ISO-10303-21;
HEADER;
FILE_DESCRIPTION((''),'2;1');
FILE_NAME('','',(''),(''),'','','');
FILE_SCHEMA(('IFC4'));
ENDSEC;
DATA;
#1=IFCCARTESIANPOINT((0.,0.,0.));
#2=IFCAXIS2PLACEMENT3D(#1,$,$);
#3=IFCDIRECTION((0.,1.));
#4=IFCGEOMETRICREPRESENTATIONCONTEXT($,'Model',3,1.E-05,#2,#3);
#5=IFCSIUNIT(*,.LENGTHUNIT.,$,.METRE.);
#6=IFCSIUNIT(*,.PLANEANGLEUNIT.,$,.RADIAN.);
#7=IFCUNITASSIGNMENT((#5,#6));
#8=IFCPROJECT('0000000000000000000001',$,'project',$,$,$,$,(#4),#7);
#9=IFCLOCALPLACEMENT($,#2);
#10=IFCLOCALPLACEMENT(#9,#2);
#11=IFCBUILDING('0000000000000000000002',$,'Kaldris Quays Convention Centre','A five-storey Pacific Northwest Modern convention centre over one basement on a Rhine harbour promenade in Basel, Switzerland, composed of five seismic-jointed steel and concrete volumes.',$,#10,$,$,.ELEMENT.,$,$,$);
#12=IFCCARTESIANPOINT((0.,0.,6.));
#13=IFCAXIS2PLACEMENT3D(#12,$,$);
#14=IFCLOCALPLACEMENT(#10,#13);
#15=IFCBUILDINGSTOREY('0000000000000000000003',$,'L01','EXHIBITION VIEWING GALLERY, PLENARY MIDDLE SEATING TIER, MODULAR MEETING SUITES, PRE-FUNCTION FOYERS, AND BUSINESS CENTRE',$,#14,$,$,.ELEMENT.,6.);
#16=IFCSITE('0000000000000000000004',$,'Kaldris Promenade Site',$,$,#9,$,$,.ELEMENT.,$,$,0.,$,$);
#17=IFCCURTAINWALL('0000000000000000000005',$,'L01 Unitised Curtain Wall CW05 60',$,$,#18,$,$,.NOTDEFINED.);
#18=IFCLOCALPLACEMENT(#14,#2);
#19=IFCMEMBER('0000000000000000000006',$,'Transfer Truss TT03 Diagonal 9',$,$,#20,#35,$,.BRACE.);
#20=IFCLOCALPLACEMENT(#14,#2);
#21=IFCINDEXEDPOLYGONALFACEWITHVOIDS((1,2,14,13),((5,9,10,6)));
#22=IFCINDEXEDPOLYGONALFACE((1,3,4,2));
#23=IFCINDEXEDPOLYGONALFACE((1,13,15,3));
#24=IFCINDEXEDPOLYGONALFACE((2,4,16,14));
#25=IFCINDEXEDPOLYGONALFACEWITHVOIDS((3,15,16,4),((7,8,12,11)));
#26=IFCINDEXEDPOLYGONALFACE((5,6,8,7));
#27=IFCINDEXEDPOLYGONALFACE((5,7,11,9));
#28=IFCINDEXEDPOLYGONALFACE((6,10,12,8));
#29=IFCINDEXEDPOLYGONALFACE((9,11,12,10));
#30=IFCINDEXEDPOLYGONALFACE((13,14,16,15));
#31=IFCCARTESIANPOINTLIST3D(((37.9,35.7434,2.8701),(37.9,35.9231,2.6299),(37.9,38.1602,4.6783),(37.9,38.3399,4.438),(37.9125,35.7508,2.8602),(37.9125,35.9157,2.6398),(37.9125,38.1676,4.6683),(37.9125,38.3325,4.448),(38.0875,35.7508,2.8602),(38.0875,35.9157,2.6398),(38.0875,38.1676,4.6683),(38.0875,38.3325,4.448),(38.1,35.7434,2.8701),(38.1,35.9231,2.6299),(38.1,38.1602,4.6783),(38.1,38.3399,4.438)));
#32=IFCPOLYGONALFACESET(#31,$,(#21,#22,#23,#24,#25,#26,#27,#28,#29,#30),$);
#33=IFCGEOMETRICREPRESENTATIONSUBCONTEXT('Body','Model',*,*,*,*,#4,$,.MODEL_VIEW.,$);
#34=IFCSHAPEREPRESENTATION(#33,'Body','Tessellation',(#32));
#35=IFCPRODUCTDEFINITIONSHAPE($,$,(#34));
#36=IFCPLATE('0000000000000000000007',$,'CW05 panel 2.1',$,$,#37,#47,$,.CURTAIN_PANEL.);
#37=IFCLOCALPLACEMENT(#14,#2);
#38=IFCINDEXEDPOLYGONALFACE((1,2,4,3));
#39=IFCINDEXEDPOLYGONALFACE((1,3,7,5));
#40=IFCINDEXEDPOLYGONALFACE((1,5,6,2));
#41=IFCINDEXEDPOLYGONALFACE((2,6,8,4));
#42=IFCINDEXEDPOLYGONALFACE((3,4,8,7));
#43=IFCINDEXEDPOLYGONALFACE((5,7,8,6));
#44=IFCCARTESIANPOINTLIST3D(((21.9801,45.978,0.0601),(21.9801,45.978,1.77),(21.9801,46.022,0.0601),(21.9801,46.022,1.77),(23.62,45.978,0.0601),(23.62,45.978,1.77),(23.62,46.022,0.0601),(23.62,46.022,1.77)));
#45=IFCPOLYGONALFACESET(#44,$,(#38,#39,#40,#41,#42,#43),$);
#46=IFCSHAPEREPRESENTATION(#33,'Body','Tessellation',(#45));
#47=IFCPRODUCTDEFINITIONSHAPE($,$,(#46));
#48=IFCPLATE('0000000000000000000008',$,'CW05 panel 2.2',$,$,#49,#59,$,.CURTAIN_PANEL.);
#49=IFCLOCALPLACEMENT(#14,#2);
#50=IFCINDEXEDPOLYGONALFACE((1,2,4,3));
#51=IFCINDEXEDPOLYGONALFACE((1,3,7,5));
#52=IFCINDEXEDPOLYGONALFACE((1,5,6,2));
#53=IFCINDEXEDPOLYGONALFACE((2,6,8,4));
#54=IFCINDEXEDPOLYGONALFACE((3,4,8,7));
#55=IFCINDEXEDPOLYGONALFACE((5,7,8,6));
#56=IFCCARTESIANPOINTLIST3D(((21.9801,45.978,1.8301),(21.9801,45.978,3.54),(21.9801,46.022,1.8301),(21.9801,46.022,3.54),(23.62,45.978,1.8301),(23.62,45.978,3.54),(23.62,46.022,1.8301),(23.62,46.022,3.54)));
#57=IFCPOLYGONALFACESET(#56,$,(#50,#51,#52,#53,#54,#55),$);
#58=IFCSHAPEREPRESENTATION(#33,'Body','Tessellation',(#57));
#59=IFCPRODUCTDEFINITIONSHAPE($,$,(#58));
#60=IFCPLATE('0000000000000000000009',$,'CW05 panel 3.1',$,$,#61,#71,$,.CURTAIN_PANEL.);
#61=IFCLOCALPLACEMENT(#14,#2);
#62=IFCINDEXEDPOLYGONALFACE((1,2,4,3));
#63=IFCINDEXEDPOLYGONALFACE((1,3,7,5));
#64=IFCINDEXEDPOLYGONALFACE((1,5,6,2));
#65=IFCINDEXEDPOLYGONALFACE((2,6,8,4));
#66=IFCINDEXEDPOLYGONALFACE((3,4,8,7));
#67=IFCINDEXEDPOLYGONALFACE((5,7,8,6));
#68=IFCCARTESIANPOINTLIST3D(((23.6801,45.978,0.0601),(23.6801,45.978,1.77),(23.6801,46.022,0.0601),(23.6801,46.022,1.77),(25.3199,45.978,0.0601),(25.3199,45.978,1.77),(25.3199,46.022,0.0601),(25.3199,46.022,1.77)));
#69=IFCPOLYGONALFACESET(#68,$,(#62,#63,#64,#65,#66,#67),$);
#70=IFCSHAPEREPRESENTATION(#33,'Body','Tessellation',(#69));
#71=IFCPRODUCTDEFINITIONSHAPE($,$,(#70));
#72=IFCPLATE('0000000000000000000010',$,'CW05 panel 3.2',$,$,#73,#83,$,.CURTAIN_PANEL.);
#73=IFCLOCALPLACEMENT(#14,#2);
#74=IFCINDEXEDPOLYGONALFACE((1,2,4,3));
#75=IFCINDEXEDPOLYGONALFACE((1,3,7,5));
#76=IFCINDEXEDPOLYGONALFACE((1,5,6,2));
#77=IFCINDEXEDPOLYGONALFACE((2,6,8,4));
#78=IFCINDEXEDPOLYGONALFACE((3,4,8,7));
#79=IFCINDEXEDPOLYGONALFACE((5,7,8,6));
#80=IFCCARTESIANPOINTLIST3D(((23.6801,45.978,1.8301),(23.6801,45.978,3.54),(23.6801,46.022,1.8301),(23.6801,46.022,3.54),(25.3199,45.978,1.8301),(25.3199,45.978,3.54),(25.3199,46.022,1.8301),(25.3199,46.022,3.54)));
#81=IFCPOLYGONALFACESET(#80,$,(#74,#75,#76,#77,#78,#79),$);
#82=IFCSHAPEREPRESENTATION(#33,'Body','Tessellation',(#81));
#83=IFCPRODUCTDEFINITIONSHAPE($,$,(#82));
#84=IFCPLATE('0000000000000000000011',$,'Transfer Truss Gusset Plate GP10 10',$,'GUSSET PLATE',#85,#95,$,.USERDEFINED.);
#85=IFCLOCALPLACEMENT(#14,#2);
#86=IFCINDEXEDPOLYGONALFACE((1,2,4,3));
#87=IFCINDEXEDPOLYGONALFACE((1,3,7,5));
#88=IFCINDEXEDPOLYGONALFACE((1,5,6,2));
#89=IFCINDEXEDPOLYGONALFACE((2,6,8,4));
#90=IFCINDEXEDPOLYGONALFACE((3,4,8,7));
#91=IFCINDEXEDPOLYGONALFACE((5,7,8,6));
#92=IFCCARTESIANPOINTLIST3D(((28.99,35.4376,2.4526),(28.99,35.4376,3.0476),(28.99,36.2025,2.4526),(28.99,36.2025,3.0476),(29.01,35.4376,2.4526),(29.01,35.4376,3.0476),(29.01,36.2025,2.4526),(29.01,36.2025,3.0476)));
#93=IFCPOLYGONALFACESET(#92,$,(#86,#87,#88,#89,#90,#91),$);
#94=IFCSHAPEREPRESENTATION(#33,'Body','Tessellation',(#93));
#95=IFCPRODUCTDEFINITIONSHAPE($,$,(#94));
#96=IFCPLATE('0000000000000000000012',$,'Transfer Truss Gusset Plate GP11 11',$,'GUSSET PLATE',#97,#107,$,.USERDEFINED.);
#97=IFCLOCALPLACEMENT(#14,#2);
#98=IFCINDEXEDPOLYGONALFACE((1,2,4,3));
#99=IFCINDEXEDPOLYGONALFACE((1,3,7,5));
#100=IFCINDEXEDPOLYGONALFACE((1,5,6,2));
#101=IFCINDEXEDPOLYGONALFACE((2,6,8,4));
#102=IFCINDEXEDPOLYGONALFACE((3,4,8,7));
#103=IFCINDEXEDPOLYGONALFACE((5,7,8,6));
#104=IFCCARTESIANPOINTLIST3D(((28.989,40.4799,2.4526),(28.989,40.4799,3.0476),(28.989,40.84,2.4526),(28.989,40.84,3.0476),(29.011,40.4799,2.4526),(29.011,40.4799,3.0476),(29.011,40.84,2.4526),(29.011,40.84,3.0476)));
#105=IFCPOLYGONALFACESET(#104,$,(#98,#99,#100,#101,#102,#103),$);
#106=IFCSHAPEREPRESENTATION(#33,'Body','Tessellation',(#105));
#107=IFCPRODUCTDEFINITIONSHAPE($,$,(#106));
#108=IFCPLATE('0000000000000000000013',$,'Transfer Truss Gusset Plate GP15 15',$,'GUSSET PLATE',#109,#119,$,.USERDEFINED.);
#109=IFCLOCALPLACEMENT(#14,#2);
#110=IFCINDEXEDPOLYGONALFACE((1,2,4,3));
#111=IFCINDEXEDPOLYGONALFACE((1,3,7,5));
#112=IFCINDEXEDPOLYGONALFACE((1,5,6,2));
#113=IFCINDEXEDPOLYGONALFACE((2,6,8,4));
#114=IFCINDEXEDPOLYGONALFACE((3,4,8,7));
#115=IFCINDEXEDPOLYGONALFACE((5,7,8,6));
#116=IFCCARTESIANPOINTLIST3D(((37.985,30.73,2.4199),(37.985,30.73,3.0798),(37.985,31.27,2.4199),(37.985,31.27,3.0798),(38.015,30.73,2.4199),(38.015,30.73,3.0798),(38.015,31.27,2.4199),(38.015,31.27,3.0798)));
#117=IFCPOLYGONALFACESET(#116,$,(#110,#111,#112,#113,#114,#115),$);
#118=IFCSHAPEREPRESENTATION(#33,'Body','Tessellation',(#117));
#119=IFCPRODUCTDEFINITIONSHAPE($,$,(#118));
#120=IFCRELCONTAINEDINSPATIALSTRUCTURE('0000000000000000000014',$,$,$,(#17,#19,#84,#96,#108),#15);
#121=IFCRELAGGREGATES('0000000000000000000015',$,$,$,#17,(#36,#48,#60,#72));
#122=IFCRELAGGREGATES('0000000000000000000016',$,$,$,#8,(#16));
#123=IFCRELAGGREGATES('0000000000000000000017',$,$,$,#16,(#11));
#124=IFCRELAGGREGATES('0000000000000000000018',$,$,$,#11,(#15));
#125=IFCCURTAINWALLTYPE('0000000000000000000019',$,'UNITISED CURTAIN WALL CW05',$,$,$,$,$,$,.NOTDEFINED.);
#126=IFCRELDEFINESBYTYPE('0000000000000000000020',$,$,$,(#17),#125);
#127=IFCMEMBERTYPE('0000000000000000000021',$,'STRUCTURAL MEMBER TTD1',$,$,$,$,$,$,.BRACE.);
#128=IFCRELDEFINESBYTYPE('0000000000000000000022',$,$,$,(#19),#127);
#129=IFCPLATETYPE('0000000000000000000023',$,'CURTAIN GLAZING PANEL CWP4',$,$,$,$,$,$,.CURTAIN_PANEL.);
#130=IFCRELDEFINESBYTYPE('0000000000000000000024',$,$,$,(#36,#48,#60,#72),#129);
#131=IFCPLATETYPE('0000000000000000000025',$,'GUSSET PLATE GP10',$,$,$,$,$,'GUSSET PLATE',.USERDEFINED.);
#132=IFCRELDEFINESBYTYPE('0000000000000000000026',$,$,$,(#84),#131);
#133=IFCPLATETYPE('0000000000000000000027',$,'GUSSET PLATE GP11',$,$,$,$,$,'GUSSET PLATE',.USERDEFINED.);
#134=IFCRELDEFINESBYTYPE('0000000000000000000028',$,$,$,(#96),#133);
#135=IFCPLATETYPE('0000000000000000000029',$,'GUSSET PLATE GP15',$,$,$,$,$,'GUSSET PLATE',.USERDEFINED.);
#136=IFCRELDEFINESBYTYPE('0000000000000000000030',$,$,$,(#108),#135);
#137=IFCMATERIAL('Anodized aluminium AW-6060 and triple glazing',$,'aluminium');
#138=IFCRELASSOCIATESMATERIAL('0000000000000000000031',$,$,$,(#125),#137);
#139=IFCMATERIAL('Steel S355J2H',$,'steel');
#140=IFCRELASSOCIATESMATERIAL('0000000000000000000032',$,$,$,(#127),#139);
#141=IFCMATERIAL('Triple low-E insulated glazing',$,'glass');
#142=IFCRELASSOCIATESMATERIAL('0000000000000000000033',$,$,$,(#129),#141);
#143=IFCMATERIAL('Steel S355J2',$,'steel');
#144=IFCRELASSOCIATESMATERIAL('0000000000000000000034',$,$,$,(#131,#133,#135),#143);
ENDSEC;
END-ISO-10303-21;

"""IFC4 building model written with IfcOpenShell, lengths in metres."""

from ifc_helpers import new_model, si_unit, direction, frame, origin, origin_2d, place, context, subcontext, project, spatial, rectangle, hollow_rectangle, extrude, material, material_profile, profile_set, type_object, element, aggregate, save


model = new_model("IFC4")

# Units and contexts
model_context = context("Model", 3, precision=1e-05, world=origin(), true_north=direction((0.0, 1.0)))
body_context = subcontext(model_context, "Body", "Model", "MODEL_VIEW")
ifc_project = project(units=[si_unit("LENGTHUNIT", "METRE"), si_unit("PLANEANGLEUNIT", "RADIAN")], contexts=[model_context])

# Site, building, storey
site_placement = place(None, origin())
site = spatial("IfcSite", under=ifc_project, at=site_placement, Name="Kaldris Promenade Site", CompositionType="ELEMENT", RefElevation=0.0)
building_placement = place(site_placement, origin())
building = spatial("IfcBuilding", under=site, at=building_placement, Name="Kaldris Quays Convention Centre", Description="A five-storey Pacific Northwest Modern convention centre over one basement on a Rhine harbour promenade in Basel, Switzerland, composed of five seismic-jointed steel and concrete volumes.", CompositionType="ELEMENT")
storey_placement = place(building_placement, frame((0.0, 0.0, 6.0)))
storey = spatial("IfcBuildingStorey", under=building, at=storey_placement, Name="L01", Description="EXHIBITION VIEWING GALLERY, PLENARY MIDDLE SEATING TIER, MODULAR MEETING SUITES, PRE-FUNCTION FOYERS, AND BUSINESS CENTRE", CompositionType="ELEMENT", Elevation=6.0)

# Curtain wall
ifc_material_1 = material(Name="Anodized aluminium AW-6060 and triple glazing", Category="aluminium")
curtain_wall_type = type_object("IfcCurtainWallType", Name="UNITISED CURTAIN WALL CW05", PredefinedType="NOTDEFINED", material=ifc_material_1)
curtain_wall_placement = place(storey_placement, origin())
curtain_wall = element("IfcCurtainWall", 1, at=curtain_wall_placement, inside=storey, type_object=curtain_wall_type, Name="L01 Unitised Curtain Wall CW05 60", PredefinedType="NOTDEFINED")

# Shared definitions
ifc_material_2 = material(Name="Steel S355J2", Category="steel")

# Member
ifc_material_3 = material(Name="Steel S355J2H", Category="steel")
ifc_material_profile_1 = material_profile(ifc_material_3, hollow_rectangle(XDim=0.2, YDim=0.3, WallThickness=0.0125, at=origin_2d()), Name="RHS 300x200x12.5")
ifc_profile_set_1 = profile_set([ifc_material_profile_1], Name="Steel S355J2H")
member_type_1 = type_object("IfcMemberType", Name="STRUCTURAL MEMBER TTD1", PredefinedType="BRACE", material=ifc_profile_set_1)
member_1_placement = place(storey_placement, frame((38.0, 35.8333, 2.75), z_axis=(0.0, 0.800708, 0.599055), x_axis=(-1.0, 0.0, 0.0)))
element("IfcMember", 2, at=member_1_placement, inside=storey, type_object=member_type_1, Name="Transfer Truss TT03 Diagonal 9", PredefinedType="BRACE", context=body_context, shape_type="SweptSolid", body=[
    extrude(hollow_rectangle(XDim=0.2, YDim=0.3, WallThickness=0.0125, at=origin_2d()), origin(), (0.0, 0.0, 1.0), 3.0183),
])

# Plates
ifc_material_4 = material(Name="Triple low-E insulated glazing", Category="glass")
plate_type_1 = type_object("IfcPlateType", Name="CURTAIN GLAZING PANEL CWP4", PredefinedType="CURTAIN_PANEL", material=ifc_material_4)
plate_1_placement = place(storey_placement, frame((22.8, 46.0, 0.0601), z_axis=(0.0, 0.0, 1.0), x_axis=(1.0, 0.0, 0.0)))
plate_1 = element("IfcPlate", 3, at=plate_1_placement, type_object=plate_type_1, Name="CW05 panel 2.1", PredefinedType="CURTAIN_PANEL", context=body_context, shape_type="SweptSolid", body=[
    extrude(rectangle(XDim=1.6399, YDim=0.0439, at=origin_2d()), origin(), (0.0, 0.0, 1.0), 1.71),
])
plate_2_placement = place(storey_placement, frame((22.8, 46.0, 1.8301), z_axis=(0.0, 0.0, 1.0), x_axis=(1.0, 0.0, 0.0)))
plate_2 = element("IfcPlate", 4, at=plate_2_placement, type_object=plate_type_1, Name="CW05 panel 2.2", PredefinedType="CURTAIN_PANEL", context=body_context, shape_type="SweptSolid", body=[
    extrude(rectangle(XDim=1.6399, YDim=0.0439, at=origin_2d()), origin(), (0.0, 0.0, 1.0), 1.71),
])
plate_3_placement = place(storey_placement, frame((24.5, 46.0, 0.0601), z_axis=(0.0, 0.0, 1.0), x_axis=(1.0, 0.0, 0.0)))
plate_3 = element("IfcPlate", 5, at=plate_3_placement, type_object=plate_type_1, Name="CW05 panel 3.1", PredefinedType="CURTAIN_PANEL", context=body_context, shape_type="SweptSolid", body=[
    extrude(rectangle(XDim=1.6399, YDim=0.0439, at=origin_2d()), origin(), (0.0, 0.0, 1.0), 1.71),
])
plate_4_placement = place(storey_placement, frame((24.5, 46.0, 1.8301), z_axis=(0.0, 0.0, 1.0), x_axis=(1.0, 0.0, 0.0)))
plate_4 = element("IfcPlate", 6, at=plate_4_placement, type_object=plate_type_1, Name="CW05 panel 3.2", PredefinedType="CURTAIN_PANEL", context=body_context, shape_type="SweptSolid", body=[
    extrude(rectangle(XDim=1.6399, YDim=0.0439, at=origin_2d()), origin(), (0.0, 0.0, 1.0), 1.71),
])
aggregate(curtain_wall, [plate_1, plate_2, plate_3, plate_4])

# Plates
plate_type_2 = type_object("IfcPlateType", Name="GUSSET PLATE GP10", ElementType="GUSSET PLATE", PredefinedType="USERDEFINED", material=ifc_material_2)
plate_5_placement = place(storey_placement, frame((29.0, 35.8201, 2.4526), z_axis=(0.0, 0.0, 1.0), x_axis=(1.0, 0.0, 0.0)))
element("IfcPlate", 7, at=plate_5_placement, inside=storey, type_object=plate_type_2, Name="Transfer Truss Gusset Plate GP10 10", ObjectType="GUSSET PLATE", PredefinedType="USERDEFINED", context=body_context, shape_type="SweptSolid", body=[
    extrude(rectangle(XDim=0.02, YDim=0.7649, at=origin_2d()), origin(), (0.0, 0.0, 1.0), 0.595),
])
plate_type_3 = type_object("IfcPlateType", Name="GUSSET PLATE GP11", ElementType="GUSSET PLATE", PredefinedType="USERDEFINED", material=ifc_material_2)
plate_6_placement = place(storey_placement, frame((29.0, 40.6599, 2.4526), z_axis=(0.0, 0.0, 1.0), x_axis=(1.0, 0.0, 0.0)))
element("IfcPlate", 8, at=plate_6_placement, inside=storey, type_object=plate_type_3, Name="Transfer Truss Gusset Plate GP11 11", ObjectType="GUSSET PLATE", PredefinedType="USERDEFINED", context=body_context, shape_type="SweptSolid", body=[
    extrude(rectangle(XDim=0.022, YDim=0.3601, at=origin_2d()), origin(), (0.0, 0.0, 1.0), 0.595),
])
plate_type_4 = type_object("IfcPlateType", Name="GUSSET PLATE GP15", ElementType="GUSSET PLATE", PredefinedType="USERDEFINED", material=ifc_material_2)
plate_7_placement = place(storey_placement, frame((38.0, 31.0, 2.4199), z_axis=(0.0, 0.0, 1.0), x_axis=(1.0, 0.0, 0.0)))
element("IfcPlate", 9, at=plate_7_placement, inside=storey, type_object=plate_type_4, Name="Transfer Truss Gusset Plate GP15 15", ObjectType="GUSSET PLATE", PredefinedType="USERDEFINED", context=body_context, shape_type="SweptSolid", body=[
    extrude(rectangle(XDim=0.03, YDim=0.54, at=origin_2d()), origin(), (0.0, 0.0, 1.0), 0.6599),
])

save(model, "model.ifc")
